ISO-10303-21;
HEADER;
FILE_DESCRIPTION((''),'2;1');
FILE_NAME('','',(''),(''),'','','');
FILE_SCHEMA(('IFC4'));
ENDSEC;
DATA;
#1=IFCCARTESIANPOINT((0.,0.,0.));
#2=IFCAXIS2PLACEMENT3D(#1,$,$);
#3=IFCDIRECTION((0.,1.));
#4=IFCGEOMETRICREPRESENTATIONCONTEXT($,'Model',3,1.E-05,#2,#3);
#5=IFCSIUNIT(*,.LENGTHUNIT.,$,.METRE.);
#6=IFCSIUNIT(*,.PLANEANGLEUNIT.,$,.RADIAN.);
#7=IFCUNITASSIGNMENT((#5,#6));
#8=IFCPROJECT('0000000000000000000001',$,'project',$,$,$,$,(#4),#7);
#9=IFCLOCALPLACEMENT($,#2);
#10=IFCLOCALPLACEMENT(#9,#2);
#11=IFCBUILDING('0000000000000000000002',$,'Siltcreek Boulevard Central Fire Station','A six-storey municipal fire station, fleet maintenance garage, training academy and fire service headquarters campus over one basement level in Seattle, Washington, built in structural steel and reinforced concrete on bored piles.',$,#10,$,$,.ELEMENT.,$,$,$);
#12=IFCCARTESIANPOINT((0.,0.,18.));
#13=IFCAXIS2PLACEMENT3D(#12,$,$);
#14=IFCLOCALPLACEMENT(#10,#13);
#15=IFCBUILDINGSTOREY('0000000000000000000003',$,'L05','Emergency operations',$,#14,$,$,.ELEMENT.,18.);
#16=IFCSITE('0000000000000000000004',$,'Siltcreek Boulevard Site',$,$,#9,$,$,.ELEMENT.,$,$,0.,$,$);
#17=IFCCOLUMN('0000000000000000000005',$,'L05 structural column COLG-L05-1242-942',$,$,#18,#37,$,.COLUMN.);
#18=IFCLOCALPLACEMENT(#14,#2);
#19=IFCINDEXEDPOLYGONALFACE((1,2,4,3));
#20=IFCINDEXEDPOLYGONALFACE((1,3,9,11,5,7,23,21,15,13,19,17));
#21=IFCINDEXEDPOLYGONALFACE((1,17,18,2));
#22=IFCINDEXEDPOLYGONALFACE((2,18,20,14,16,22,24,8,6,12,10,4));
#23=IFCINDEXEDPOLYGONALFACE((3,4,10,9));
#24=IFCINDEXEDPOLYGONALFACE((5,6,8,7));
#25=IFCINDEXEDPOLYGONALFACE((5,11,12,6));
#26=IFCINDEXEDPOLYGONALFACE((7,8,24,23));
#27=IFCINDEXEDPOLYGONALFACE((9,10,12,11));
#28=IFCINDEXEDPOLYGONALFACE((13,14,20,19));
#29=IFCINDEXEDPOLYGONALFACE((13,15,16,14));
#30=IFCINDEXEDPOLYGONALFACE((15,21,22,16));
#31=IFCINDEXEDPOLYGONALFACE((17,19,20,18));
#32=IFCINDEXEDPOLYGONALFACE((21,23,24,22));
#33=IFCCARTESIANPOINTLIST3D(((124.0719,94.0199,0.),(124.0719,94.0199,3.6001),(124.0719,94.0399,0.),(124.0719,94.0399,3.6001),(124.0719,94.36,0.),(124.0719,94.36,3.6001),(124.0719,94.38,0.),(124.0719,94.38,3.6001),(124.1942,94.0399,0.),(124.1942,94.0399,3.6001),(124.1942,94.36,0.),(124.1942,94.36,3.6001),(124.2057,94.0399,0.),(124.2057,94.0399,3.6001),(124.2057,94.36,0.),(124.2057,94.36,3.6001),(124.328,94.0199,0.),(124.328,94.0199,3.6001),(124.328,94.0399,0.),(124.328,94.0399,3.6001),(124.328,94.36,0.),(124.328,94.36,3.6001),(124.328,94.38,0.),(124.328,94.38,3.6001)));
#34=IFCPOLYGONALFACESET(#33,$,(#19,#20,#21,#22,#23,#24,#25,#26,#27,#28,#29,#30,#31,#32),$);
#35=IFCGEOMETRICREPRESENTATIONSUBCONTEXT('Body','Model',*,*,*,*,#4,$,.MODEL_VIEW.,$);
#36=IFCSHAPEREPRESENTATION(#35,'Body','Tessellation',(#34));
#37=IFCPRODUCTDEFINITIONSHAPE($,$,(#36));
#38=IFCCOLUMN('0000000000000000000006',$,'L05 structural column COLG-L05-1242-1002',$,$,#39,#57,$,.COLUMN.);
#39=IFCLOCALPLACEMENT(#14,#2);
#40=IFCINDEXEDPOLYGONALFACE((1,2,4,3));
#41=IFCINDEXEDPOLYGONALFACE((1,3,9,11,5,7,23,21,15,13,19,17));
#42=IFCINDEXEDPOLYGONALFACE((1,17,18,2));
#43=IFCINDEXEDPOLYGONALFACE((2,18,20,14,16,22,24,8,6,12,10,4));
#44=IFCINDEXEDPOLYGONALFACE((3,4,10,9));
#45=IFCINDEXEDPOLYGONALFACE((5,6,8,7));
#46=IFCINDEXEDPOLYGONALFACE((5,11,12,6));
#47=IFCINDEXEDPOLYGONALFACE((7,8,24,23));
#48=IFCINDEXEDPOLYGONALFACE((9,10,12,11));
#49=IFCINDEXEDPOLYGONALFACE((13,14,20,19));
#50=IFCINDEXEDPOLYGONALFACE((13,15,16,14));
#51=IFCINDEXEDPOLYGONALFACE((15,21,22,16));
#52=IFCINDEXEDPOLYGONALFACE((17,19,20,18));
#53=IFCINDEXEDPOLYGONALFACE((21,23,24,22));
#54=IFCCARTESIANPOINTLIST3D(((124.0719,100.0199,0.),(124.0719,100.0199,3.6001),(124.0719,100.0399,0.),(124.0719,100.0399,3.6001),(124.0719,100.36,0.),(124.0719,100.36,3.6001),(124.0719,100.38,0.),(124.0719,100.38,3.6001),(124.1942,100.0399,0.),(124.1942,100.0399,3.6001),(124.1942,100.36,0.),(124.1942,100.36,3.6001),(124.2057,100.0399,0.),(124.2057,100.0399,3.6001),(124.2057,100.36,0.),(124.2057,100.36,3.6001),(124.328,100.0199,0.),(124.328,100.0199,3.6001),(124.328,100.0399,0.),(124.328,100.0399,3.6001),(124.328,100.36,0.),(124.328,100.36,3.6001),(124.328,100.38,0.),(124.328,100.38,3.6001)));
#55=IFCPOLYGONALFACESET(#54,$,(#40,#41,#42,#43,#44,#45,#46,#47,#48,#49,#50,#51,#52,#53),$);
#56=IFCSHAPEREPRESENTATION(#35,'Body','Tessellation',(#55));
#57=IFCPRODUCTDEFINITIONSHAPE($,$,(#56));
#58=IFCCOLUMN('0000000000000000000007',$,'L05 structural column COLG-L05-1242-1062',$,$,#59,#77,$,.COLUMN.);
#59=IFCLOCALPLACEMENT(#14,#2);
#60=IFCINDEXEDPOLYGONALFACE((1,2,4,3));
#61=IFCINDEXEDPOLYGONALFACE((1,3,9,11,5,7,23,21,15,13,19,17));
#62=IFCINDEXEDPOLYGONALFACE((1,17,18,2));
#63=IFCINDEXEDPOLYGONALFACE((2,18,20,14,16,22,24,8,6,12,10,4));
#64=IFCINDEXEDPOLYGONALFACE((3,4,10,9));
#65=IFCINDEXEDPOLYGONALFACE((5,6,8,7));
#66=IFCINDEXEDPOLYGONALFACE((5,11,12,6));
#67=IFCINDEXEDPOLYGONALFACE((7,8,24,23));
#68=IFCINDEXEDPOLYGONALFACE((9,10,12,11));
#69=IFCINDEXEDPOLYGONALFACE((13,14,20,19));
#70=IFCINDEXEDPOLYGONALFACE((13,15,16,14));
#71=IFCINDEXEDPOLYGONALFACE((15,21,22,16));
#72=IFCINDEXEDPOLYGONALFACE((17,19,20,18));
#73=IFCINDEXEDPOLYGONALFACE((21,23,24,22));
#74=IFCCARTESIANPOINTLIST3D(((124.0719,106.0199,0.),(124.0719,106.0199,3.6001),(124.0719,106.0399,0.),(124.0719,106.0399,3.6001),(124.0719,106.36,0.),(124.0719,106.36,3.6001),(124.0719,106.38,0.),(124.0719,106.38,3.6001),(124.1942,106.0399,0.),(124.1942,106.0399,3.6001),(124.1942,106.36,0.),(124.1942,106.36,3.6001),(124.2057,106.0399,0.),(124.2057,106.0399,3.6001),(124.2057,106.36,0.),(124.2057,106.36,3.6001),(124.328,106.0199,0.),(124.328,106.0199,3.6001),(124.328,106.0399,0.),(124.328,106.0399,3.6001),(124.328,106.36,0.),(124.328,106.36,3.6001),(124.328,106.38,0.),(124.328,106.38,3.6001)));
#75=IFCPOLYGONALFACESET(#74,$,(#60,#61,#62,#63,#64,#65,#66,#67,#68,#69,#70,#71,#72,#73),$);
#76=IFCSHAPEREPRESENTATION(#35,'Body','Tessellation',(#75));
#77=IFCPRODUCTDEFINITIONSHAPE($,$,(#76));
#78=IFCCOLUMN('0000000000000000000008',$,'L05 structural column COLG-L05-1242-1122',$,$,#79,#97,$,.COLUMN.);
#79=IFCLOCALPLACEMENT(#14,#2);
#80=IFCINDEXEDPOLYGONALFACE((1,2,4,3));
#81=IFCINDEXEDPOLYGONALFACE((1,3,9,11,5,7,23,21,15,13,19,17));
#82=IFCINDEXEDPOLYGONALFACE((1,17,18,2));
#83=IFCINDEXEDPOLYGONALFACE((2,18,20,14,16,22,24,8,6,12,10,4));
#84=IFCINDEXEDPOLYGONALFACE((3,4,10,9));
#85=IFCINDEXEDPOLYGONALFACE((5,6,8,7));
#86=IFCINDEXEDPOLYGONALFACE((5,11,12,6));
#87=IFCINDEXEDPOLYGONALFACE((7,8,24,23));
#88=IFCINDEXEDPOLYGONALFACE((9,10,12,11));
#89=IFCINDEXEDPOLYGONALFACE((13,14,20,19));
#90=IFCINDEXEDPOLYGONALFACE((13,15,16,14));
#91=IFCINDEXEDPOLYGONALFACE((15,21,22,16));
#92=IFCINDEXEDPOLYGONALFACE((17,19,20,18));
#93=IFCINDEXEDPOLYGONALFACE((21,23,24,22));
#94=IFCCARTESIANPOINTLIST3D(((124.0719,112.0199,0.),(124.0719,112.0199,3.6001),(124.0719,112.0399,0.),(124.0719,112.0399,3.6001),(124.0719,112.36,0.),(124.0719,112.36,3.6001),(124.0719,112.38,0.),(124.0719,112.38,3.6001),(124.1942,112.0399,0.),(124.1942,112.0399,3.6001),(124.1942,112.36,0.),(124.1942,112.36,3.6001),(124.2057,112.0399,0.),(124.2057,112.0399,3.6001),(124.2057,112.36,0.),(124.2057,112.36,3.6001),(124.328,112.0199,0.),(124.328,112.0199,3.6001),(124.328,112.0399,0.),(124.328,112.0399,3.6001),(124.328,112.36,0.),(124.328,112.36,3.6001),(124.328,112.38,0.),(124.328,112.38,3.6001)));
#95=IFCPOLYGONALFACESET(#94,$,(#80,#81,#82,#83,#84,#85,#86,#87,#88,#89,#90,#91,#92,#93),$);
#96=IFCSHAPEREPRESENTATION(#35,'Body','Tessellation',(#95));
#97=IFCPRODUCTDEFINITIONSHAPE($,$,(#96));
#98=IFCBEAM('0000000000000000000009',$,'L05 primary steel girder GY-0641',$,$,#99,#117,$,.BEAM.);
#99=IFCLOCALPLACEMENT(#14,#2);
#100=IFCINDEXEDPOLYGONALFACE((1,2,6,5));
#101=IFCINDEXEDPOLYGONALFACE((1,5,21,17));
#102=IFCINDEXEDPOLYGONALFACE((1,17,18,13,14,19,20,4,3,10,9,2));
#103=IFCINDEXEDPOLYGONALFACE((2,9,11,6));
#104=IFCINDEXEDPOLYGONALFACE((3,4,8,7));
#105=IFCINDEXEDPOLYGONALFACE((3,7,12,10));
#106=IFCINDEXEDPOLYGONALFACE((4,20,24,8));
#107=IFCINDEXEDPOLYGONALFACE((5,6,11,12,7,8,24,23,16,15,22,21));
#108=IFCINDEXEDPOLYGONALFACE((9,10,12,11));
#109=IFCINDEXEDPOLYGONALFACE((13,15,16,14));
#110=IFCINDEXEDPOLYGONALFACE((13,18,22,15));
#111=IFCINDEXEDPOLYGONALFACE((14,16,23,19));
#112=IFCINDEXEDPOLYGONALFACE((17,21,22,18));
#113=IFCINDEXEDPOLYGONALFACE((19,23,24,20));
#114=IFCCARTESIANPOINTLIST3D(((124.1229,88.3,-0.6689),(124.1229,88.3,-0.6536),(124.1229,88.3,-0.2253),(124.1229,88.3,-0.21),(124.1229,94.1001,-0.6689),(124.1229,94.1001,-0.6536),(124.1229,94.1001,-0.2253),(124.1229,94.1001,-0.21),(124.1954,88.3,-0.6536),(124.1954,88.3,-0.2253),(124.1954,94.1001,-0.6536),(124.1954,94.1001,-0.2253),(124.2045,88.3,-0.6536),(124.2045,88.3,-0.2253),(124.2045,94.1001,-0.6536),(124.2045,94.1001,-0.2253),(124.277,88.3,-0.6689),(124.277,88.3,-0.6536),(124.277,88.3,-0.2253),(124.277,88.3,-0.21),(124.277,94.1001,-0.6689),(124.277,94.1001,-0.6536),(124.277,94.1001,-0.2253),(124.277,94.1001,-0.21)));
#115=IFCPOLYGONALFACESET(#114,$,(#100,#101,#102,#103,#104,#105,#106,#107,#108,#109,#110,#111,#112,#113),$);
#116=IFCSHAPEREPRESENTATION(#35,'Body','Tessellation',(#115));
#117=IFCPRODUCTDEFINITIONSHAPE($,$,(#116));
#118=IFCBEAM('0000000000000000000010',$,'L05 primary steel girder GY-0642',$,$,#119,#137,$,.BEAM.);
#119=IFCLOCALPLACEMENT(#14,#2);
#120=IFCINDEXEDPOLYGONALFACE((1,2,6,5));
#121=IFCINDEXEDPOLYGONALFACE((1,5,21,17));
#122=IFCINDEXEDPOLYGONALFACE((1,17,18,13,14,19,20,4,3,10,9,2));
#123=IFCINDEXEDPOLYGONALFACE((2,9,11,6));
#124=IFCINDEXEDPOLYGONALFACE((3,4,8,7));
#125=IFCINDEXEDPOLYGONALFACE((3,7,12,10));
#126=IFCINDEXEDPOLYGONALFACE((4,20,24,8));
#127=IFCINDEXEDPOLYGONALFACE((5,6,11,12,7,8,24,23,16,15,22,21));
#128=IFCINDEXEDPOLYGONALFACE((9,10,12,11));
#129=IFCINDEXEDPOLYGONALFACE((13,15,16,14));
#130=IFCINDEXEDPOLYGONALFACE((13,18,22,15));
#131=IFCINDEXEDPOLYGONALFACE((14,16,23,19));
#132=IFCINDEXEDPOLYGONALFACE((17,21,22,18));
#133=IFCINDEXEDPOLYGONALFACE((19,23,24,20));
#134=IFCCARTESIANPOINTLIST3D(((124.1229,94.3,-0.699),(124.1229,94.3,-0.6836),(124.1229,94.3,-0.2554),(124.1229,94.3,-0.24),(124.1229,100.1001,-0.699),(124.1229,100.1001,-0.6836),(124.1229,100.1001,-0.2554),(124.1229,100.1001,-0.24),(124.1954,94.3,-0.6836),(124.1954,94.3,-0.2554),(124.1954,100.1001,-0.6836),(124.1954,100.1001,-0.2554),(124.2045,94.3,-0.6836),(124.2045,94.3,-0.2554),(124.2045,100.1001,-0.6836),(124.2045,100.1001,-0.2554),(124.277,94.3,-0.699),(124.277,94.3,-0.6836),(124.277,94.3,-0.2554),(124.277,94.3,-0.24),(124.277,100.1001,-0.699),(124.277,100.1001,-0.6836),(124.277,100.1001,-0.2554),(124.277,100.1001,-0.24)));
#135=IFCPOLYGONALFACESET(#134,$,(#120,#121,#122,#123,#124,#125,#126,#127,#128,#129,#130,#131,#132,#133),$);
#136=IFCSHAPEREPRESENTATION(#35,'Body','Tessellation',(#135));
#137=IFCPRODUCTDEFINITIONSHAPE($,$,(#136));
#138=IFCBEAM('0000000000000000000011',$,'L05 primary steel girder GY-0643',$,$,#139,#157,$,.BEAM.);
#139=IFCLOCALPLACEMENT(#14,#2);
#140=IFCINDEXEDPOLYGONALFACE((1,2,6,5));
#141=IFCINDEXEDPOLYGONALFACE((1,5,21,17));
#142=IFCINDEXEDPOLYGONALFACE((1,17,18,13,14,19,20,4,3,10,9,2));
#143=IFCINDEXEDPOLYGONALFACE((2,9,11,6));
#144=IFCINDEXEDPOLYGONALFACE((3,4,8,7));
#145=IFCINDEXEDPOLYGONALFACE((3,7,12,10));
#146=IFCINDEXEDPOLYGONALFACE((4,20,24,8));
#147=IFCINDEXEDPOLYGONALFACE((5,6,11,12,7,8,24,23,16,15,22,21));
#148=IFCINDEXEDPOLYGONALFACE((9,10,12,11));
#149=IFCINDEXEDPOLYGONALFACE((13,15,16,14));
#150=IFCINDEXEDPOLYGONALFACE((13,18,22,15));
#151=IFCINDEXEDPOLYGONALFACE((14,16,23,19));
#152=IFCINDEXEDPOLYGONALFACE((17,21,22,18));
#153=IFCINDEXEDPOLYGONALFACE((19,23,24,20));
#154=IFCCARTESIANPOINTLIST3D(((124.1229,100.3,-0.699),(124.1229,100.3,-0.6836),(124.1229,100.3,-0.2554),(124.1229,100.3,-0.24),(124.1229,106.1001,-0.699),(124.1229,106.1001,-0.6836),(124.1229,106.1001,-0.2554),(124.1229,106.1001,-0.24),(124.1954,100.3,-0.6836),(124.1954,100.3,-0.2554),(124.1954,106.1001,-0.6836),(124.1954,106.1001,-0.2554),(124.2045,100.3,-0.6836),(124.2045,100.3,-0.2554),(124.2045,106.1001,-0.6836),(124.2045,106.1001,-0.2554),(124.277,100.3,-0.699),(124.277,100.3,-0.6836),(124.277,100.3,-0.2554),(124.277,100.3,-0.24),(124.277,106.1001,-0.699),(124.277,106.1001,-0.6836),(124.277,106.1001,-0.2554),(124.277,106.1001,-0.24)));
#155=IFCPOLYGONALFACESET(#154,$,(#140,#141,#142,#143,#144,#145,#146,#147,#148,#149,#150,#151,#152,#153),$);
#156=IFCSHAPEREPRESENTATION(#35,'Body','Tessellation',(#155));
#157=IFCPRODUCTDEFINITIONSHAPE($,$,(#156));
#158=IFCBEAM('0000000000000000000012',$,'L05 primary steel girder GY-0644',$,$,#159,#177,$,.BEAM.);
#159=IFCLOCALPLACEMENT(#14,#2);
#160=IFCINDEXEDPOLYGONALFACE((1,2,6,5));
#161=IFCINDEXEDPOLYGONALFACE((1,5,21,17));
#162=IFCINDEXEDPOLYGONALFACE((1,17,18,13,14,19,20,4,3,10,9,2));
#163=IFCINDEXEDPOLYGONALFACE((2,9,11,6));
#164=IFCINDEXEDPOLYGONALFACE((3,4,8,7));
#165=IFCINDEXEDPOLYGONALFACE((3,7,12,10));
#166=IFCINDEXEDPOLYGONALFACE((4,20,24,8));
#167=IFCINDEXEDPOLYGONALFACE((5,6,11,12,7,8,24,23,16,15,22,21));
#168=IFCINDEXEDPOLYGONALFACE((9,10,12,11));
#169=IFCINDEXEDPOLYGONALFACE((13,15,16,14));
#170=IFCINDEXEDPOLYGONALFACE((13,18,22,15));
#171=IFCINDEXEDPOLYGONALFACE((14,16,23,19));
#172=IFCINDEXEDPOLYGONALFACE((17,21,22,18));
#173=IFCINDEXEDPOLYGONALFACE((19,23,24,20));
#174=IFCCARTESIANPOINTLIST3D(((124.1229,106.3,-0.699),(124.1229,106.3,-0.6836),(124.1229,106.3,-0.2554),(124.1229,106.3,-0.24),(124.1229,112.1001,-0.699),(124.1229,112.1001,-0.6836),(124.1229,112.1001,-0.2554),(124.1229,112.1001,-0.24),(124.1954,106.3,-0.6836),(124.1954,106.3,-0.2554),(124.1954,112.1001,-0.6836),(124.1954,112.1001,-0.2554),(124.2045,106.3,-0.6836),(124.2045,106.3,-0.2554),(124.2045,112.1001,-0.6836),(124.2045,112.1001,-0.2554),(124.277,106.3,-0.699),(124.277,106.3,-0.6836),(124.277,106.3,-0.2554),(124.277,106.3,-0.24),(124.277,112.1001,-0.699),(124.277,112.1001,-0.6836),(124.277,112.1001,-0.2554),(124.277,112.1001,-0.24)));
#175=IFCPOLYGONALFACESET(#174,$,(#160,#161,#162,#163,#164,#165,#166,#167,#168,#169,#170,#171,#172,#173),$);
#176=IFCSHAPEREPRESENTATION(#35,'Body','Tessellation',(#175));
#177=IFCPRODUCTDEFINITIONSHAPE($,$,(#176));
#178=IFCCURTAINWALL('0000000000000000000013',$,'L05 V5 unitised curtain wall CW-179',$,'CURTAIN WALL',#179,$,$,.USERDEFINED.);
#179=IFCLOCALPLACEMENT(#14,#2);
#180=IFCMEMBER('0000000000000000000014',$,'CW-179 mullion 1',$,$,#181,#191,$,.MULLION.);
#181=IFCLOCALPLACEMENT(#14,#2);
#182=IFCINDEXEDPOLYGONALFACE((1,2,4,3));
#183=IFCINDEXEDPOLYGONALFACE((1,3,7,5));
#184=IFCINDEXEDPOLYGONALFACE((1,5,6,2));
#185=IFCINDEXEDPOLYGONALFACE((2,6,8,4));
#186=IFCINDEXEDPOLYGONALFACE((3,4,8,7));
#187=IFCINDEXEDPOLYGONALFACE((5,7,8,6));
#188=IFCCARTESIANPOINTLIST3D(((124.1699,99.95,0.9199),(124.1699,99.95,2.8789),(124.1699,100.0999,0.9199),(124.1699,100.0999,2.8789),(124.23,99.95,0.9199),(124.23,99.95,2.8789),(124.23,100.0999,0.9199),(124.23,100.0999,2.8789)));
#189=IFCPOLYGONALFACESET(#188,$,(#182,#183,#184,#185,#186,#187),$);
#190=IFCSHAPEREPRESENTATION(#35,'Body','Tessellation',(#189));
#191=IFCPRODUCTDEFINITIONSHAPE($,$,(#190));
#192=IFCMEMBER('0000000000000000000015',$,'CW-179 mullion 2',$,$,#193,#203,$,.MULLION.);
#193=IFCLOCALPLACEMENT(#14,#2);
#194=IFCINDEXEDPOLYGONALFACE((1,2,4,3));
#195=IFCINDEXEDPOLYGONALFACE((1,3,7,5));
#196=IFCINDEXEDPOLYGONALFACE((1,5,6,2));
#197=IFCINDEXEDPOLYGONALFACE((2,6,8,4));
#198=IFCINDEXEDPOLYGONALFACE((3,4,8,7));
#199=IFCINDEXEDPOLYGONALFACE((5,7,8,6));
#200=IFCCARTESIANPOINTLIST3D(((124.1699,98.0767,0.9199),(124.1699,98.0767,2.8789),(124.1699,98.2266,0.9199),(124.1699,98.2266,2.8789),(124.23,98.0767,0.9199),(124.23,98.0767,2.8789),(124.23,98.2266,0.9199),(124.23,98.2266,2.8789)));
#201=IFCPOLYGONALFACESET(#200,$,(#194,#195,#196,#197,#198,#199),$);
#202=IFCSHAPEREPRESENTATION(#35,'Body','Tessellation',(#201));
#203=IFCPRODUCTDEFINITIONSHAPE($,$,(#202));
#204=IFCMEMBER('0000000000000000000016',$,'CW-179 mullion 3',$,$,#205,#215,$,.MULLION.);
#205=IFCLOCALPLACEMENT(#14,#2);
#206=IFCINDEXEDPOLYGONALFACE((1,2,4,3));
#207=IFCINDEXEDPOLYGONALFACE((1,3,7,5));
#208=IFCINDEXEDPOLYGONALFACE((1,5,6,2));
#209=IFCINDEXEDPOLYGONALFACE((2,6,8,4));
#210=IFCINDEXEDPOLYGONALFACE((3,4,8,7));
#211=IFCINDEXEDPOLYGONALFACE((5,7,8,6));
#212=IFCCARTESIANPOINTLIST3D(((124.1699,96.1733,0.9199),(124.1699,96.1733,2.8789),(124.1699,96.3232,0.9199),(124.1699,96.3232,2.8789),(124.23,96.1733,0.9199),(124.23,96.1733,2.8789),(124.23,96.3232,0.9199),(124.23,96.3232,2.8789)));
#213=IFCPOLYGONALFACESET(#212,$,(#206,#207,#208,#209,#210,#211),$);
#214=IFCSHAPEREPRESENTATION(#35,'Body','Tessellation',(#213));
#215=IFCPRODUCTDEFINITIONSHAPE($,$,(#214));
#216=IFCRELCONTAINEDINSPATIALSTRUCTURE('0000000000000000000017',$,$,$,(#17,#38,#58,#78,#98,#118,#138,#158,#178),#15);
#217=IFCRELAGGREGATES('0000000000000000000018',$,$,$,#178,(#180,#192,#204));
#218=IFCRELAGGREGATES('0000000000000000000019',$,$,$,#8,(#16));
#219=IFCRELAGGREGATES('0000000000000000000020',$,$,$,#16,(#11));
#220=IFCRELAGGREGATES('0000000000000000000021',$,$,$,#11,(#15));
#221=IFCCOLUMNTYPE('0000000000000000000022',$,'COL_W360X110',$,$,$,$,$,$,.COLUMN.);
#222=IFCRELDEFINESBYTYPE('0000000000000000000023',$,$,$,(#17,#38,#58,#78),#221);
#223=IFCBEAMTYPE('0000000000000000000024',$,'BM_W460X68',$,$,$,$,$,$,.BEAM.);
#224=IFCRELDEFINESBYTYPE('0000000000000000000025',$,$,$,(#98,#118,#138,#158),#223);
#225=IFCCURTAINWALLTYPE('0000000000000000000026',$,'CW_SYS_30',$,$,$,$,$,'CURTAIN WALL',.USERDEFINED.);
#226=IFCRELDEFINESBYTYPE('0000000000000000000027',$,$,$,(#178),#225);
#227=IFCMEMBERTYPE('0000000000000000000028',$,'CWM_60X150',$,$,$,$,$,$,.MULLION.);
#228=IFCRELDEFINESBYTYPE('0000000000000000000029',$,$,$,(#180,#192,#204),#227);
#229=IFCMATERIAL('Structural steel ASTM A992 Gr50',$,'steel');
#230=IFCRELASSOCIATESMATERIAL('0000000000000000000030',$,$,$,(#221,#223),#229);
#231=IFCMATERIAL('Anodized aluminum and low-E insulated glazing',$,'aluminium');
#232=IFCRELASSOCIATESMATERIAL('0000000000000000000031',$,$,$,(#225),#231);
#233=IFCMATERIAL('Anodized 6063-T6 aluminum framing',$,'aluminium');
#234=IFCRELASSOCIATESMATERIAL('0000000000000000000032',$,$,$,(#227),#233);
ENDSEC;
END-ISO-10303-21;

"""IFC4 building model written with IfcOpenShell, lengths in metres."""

from ifc_helpers import new_model, si_unit, direction, frame, origin, origin_2d, place, context, subcontext, project, spatial, rectangle, i_section, extrude, material, material_profile, profile_set, type_object, element, aggregate, save


model = new_model("IFC4")

# Units and contexts
model_context = context("Model", 3, precision=1e-05, world=origin(), true_north=direction((0.0, 1.0)))
body_context = subcontext(model_context, "Body", "Model", "MODEL_VIEW")
ifc_project = project(units=[si_unit("LENGTHUNIT", "METRE"), si_unit("PLANEANGLEUNIT", "RADIAN")], contexts=[model_context])

# Site, building, storey
site_placement = place(None, origin())
site = spatial("IfcSite", under=ifc_project, at=site_placement, Name="Siltcreek Boulevard Site", CompositionType="ELEMENT", RefElevation=0.0)
building_placement = place(site_placement, origin())
building = spatial("IfcBuilding", under=site, at=building_placement, Name="Siltcreek Boulevard Central Fire Station", Description="A six-storey municipal fire station, fleet maintenance garage, training academy and fire service headquarters campus over one basement level in Seattle, Washington, built in structural steel and reinforced concrete on bored piles.", CompositionType="ELEMENT")
storey_placement = place(building_placement, frame((0.0, 0.0, 18.0)))
storey = spatial("IfcBuildingStorey", under=building, at=storey_placement, Name="L05", Description="Emergency operations", CompositionType="ELEMENT", Elevation=18.0)

# Columns
ifc_material_1 = material(Name="Structural steel ASTM A992 Gr50", Category="steel")
ifc_material_profile_1 = material_profile(ifc_material_1, i_section(OverallWidth=0.2561, OverallDepth=0.3601, WebThickness=0.0115, FlangeThickness=0.02, at=origin_2d()), Name="W360X110")
ifc_profile_set_1 = profile_set([ifc_material_profile_1], Name="Structural steel ASTM A992 Gr50")
column_type = type_object("IfcColumnType", Name="COL_W360X110", PredefinedType="COLUMN", material=ifc_profile_set_1)
for number, where, z_axis, x_axis, name in (
    (1, (124.2, 94.2, 0.0), (0.0, 0.0, 1.0), (1.0, 0.0, 0.0), "L05 structural column COLG-L05-1242-942"),
    (2, (124.2, 100.2, 0.0), (0.0, 0.0, 1.0), (1.0, 0.0, 0.0), "L05 structural column COLG-L05-1242-1002"),
    (3, (124.2, 106.2, 0.0), (0.0, 0.0, 1.0), (1.0, 0.0, 0.0), "L05 structural column COLG-L05-1242-1062"),
    (4, (124.2, 112.2, 0.0), (0.0, 0.0, 1.0), (1.0, 0.0, 0.0), "L05 structural column COLG-L05-1242-1122"),
):
    element("IfcColumn", number, at=place(storey_placement, frame(where, z_axis=z_axis, x_axis=x_axis)), inside=storey, type_object=column_type, Name=name, PredefinedType="COLUMN", context=body_context, shape_type="SweptSolid", body=[
        extrude(i_section(OverallWidth=0.2561, OverallDepth=0.3601, WebThickness=0.0115, FlangeThickness=0.02, at=origin_2d()), origin(), (0.0, 0.0, 1.0), 3.6001),
    ])

# Beams
ifc_material_profile_2 = material_profile(ifc_material_1, i_section(OverallWidth=0.1541, OverallDepth=0.459, WebThickness=0.009, FlangeThickness=0.0154, at=origin_2d()), Name="W460X68")
ifc_profile_set_2 = profile_set([ifc_material_profile_2], Name="Structural steel ASTM A992 Gr50")
beam_type = type_object("IfcBeamType", Name="BM_W460X68", PredefinedType="BEAM", material=ifc_profile_set_2)
for number, where, z_axis, x_axis, name in (
    (5, (124.2, 88.3, -0.4395), (0.0, 1.0, 0.0), (-1.0, 0.0, 0.0), "L05 primary steel girder GY-0641"),
    (6, (124.2, 94.3, -0.4695), (0.0, 1.0, 0.0), (-1.0, 0.0, 0.0), "L05 primary steel girder GY-0642"),
    (7, (124.2, 100.3, -0.4695), (0.0, 1.0, 0.0), (-1.0, 0.0, 0.0), "L05 primary steel girder GY-0643"),
    (8, (124.2, 106.3, -0.4695), (0.0, 1.0, 0.0), (-1.0, 0.0, 0.0), "L05 primary steel girder GY-0644"),
):
    element("IfcBeam", number, at=place(storey_placement, frame(where, z_axis=z_axis, x_axis=x_axis)), inside=storey, type_object=beam_type, Name=name, PredefinedType="BEAM", context=body_context, shape_type="SweptSolid", body=[
        extrude(i_section(OverallWidth=0.1541, OverallDepth=0.459, WebThickness=0.009, FlangeThickness=0.0154, at=origin_2d()), origin(), (0.0, 0.0, 1.0), 5.8),
    ])

# Curtain wall, members
ifc_material_2 = material(Name="Anodized aluminum and low-E insulated glazing", Category="aluminium")
curtain_wall_type = type_object("IfcCurtainWallType", Name="CW_SYS_30", ElementType="CURTAIN WALL", PredefinedType="USERDEFINED", material=ifc_material_2)
curtain_wall_placement = place(storey_placement, origin())
curtain_wall = element("IfcCurtainWall", 9, at=curtain_wall_placement, inside=storey, type_object=curtain_wall_type, Name="L05 V5 unitised curtain wall CW-179", ObjectType="CURTAIN WALL", PredefinedType="USERDEFINED")
ifc_material_3 = material(Name="Anodized 6063-T6 aluminum framing", Category="aluminium")
ifc_material_profile_3 = material_profile(ifc_material_3, rectangle(XDim=0.0601, YDim=0.1499, at=origin_2d()), Name="MULL60X150")
ifc_profile_set_3 = profile_set([ifc_material_profile_3], Name="Anodized 6063-T6 aluminum framing")
member_type_1 = type_object("IfcMemberType", Name="CWM_60X150", PredefinedType="MULLION", material=ifc_profile_set_3)
member_1_placement = place(storey_placement, frame((124.2, 100.0249, 0.9199), z_axis=(0.0, 0.0, 1.0), x_axis=(1.0, 0.0, 0.0)))
member_1 = element("IfcMember", 10, at=member_1_placement, type_object=member_type_1, Name="CW-179 mullion 1", PredefinedType="MULLION", context=body_context, shape_type="SweptSolid", body=[
    extrude(rectangle(XDim=0.0601, YDim=0.1499, at=origin_2d()), origin(), (0.0, 0.0, 1.0), 1.959),
])
member_2_placement = place(storey_placement, frame((124.2, 98.1516, 0.9199), z_axis=(0.0, 0.0, 1.0), x_axis=(1.0, 0.0, 0.0)))
member_2 = element("IfcMember", 11, at=member_2_placement, type_object=member_type_1, Name="CW-179 mullion 2", PredefinedType="MULLION", context=body_context, shape_type="SweptSolid", body=[
    extrude(rectangle(XDim=0.0601, YDim=0.1499, at=origin_2d()), origin(), (0.0, 0.0, 1.0), 1.959),
])
member_3_placement = place(storey_placement, frame((124.2, 96.2483, 0.9199), z_axis=(0.0, 0.0, 1.0), x_axis=(1.0, 0.0, 0.0)))
member_3 = element("IfcMember", 12, at=member_3_placement, type_object=member_type_1, Name="CW-179 mullion 3", PredefinedType="MULLION", context=body_context, shape_type="SweptSolid", body=[
    extrude(rectangle(XDim=0.0601, YDim=0.1499, at=origin_2d()), origin(), (0.0, 0.0, 1.0), 1.959),
])
aggregate(curtain_wall, [member_1, member_2, member_3])

save(model, "model.ifc")
